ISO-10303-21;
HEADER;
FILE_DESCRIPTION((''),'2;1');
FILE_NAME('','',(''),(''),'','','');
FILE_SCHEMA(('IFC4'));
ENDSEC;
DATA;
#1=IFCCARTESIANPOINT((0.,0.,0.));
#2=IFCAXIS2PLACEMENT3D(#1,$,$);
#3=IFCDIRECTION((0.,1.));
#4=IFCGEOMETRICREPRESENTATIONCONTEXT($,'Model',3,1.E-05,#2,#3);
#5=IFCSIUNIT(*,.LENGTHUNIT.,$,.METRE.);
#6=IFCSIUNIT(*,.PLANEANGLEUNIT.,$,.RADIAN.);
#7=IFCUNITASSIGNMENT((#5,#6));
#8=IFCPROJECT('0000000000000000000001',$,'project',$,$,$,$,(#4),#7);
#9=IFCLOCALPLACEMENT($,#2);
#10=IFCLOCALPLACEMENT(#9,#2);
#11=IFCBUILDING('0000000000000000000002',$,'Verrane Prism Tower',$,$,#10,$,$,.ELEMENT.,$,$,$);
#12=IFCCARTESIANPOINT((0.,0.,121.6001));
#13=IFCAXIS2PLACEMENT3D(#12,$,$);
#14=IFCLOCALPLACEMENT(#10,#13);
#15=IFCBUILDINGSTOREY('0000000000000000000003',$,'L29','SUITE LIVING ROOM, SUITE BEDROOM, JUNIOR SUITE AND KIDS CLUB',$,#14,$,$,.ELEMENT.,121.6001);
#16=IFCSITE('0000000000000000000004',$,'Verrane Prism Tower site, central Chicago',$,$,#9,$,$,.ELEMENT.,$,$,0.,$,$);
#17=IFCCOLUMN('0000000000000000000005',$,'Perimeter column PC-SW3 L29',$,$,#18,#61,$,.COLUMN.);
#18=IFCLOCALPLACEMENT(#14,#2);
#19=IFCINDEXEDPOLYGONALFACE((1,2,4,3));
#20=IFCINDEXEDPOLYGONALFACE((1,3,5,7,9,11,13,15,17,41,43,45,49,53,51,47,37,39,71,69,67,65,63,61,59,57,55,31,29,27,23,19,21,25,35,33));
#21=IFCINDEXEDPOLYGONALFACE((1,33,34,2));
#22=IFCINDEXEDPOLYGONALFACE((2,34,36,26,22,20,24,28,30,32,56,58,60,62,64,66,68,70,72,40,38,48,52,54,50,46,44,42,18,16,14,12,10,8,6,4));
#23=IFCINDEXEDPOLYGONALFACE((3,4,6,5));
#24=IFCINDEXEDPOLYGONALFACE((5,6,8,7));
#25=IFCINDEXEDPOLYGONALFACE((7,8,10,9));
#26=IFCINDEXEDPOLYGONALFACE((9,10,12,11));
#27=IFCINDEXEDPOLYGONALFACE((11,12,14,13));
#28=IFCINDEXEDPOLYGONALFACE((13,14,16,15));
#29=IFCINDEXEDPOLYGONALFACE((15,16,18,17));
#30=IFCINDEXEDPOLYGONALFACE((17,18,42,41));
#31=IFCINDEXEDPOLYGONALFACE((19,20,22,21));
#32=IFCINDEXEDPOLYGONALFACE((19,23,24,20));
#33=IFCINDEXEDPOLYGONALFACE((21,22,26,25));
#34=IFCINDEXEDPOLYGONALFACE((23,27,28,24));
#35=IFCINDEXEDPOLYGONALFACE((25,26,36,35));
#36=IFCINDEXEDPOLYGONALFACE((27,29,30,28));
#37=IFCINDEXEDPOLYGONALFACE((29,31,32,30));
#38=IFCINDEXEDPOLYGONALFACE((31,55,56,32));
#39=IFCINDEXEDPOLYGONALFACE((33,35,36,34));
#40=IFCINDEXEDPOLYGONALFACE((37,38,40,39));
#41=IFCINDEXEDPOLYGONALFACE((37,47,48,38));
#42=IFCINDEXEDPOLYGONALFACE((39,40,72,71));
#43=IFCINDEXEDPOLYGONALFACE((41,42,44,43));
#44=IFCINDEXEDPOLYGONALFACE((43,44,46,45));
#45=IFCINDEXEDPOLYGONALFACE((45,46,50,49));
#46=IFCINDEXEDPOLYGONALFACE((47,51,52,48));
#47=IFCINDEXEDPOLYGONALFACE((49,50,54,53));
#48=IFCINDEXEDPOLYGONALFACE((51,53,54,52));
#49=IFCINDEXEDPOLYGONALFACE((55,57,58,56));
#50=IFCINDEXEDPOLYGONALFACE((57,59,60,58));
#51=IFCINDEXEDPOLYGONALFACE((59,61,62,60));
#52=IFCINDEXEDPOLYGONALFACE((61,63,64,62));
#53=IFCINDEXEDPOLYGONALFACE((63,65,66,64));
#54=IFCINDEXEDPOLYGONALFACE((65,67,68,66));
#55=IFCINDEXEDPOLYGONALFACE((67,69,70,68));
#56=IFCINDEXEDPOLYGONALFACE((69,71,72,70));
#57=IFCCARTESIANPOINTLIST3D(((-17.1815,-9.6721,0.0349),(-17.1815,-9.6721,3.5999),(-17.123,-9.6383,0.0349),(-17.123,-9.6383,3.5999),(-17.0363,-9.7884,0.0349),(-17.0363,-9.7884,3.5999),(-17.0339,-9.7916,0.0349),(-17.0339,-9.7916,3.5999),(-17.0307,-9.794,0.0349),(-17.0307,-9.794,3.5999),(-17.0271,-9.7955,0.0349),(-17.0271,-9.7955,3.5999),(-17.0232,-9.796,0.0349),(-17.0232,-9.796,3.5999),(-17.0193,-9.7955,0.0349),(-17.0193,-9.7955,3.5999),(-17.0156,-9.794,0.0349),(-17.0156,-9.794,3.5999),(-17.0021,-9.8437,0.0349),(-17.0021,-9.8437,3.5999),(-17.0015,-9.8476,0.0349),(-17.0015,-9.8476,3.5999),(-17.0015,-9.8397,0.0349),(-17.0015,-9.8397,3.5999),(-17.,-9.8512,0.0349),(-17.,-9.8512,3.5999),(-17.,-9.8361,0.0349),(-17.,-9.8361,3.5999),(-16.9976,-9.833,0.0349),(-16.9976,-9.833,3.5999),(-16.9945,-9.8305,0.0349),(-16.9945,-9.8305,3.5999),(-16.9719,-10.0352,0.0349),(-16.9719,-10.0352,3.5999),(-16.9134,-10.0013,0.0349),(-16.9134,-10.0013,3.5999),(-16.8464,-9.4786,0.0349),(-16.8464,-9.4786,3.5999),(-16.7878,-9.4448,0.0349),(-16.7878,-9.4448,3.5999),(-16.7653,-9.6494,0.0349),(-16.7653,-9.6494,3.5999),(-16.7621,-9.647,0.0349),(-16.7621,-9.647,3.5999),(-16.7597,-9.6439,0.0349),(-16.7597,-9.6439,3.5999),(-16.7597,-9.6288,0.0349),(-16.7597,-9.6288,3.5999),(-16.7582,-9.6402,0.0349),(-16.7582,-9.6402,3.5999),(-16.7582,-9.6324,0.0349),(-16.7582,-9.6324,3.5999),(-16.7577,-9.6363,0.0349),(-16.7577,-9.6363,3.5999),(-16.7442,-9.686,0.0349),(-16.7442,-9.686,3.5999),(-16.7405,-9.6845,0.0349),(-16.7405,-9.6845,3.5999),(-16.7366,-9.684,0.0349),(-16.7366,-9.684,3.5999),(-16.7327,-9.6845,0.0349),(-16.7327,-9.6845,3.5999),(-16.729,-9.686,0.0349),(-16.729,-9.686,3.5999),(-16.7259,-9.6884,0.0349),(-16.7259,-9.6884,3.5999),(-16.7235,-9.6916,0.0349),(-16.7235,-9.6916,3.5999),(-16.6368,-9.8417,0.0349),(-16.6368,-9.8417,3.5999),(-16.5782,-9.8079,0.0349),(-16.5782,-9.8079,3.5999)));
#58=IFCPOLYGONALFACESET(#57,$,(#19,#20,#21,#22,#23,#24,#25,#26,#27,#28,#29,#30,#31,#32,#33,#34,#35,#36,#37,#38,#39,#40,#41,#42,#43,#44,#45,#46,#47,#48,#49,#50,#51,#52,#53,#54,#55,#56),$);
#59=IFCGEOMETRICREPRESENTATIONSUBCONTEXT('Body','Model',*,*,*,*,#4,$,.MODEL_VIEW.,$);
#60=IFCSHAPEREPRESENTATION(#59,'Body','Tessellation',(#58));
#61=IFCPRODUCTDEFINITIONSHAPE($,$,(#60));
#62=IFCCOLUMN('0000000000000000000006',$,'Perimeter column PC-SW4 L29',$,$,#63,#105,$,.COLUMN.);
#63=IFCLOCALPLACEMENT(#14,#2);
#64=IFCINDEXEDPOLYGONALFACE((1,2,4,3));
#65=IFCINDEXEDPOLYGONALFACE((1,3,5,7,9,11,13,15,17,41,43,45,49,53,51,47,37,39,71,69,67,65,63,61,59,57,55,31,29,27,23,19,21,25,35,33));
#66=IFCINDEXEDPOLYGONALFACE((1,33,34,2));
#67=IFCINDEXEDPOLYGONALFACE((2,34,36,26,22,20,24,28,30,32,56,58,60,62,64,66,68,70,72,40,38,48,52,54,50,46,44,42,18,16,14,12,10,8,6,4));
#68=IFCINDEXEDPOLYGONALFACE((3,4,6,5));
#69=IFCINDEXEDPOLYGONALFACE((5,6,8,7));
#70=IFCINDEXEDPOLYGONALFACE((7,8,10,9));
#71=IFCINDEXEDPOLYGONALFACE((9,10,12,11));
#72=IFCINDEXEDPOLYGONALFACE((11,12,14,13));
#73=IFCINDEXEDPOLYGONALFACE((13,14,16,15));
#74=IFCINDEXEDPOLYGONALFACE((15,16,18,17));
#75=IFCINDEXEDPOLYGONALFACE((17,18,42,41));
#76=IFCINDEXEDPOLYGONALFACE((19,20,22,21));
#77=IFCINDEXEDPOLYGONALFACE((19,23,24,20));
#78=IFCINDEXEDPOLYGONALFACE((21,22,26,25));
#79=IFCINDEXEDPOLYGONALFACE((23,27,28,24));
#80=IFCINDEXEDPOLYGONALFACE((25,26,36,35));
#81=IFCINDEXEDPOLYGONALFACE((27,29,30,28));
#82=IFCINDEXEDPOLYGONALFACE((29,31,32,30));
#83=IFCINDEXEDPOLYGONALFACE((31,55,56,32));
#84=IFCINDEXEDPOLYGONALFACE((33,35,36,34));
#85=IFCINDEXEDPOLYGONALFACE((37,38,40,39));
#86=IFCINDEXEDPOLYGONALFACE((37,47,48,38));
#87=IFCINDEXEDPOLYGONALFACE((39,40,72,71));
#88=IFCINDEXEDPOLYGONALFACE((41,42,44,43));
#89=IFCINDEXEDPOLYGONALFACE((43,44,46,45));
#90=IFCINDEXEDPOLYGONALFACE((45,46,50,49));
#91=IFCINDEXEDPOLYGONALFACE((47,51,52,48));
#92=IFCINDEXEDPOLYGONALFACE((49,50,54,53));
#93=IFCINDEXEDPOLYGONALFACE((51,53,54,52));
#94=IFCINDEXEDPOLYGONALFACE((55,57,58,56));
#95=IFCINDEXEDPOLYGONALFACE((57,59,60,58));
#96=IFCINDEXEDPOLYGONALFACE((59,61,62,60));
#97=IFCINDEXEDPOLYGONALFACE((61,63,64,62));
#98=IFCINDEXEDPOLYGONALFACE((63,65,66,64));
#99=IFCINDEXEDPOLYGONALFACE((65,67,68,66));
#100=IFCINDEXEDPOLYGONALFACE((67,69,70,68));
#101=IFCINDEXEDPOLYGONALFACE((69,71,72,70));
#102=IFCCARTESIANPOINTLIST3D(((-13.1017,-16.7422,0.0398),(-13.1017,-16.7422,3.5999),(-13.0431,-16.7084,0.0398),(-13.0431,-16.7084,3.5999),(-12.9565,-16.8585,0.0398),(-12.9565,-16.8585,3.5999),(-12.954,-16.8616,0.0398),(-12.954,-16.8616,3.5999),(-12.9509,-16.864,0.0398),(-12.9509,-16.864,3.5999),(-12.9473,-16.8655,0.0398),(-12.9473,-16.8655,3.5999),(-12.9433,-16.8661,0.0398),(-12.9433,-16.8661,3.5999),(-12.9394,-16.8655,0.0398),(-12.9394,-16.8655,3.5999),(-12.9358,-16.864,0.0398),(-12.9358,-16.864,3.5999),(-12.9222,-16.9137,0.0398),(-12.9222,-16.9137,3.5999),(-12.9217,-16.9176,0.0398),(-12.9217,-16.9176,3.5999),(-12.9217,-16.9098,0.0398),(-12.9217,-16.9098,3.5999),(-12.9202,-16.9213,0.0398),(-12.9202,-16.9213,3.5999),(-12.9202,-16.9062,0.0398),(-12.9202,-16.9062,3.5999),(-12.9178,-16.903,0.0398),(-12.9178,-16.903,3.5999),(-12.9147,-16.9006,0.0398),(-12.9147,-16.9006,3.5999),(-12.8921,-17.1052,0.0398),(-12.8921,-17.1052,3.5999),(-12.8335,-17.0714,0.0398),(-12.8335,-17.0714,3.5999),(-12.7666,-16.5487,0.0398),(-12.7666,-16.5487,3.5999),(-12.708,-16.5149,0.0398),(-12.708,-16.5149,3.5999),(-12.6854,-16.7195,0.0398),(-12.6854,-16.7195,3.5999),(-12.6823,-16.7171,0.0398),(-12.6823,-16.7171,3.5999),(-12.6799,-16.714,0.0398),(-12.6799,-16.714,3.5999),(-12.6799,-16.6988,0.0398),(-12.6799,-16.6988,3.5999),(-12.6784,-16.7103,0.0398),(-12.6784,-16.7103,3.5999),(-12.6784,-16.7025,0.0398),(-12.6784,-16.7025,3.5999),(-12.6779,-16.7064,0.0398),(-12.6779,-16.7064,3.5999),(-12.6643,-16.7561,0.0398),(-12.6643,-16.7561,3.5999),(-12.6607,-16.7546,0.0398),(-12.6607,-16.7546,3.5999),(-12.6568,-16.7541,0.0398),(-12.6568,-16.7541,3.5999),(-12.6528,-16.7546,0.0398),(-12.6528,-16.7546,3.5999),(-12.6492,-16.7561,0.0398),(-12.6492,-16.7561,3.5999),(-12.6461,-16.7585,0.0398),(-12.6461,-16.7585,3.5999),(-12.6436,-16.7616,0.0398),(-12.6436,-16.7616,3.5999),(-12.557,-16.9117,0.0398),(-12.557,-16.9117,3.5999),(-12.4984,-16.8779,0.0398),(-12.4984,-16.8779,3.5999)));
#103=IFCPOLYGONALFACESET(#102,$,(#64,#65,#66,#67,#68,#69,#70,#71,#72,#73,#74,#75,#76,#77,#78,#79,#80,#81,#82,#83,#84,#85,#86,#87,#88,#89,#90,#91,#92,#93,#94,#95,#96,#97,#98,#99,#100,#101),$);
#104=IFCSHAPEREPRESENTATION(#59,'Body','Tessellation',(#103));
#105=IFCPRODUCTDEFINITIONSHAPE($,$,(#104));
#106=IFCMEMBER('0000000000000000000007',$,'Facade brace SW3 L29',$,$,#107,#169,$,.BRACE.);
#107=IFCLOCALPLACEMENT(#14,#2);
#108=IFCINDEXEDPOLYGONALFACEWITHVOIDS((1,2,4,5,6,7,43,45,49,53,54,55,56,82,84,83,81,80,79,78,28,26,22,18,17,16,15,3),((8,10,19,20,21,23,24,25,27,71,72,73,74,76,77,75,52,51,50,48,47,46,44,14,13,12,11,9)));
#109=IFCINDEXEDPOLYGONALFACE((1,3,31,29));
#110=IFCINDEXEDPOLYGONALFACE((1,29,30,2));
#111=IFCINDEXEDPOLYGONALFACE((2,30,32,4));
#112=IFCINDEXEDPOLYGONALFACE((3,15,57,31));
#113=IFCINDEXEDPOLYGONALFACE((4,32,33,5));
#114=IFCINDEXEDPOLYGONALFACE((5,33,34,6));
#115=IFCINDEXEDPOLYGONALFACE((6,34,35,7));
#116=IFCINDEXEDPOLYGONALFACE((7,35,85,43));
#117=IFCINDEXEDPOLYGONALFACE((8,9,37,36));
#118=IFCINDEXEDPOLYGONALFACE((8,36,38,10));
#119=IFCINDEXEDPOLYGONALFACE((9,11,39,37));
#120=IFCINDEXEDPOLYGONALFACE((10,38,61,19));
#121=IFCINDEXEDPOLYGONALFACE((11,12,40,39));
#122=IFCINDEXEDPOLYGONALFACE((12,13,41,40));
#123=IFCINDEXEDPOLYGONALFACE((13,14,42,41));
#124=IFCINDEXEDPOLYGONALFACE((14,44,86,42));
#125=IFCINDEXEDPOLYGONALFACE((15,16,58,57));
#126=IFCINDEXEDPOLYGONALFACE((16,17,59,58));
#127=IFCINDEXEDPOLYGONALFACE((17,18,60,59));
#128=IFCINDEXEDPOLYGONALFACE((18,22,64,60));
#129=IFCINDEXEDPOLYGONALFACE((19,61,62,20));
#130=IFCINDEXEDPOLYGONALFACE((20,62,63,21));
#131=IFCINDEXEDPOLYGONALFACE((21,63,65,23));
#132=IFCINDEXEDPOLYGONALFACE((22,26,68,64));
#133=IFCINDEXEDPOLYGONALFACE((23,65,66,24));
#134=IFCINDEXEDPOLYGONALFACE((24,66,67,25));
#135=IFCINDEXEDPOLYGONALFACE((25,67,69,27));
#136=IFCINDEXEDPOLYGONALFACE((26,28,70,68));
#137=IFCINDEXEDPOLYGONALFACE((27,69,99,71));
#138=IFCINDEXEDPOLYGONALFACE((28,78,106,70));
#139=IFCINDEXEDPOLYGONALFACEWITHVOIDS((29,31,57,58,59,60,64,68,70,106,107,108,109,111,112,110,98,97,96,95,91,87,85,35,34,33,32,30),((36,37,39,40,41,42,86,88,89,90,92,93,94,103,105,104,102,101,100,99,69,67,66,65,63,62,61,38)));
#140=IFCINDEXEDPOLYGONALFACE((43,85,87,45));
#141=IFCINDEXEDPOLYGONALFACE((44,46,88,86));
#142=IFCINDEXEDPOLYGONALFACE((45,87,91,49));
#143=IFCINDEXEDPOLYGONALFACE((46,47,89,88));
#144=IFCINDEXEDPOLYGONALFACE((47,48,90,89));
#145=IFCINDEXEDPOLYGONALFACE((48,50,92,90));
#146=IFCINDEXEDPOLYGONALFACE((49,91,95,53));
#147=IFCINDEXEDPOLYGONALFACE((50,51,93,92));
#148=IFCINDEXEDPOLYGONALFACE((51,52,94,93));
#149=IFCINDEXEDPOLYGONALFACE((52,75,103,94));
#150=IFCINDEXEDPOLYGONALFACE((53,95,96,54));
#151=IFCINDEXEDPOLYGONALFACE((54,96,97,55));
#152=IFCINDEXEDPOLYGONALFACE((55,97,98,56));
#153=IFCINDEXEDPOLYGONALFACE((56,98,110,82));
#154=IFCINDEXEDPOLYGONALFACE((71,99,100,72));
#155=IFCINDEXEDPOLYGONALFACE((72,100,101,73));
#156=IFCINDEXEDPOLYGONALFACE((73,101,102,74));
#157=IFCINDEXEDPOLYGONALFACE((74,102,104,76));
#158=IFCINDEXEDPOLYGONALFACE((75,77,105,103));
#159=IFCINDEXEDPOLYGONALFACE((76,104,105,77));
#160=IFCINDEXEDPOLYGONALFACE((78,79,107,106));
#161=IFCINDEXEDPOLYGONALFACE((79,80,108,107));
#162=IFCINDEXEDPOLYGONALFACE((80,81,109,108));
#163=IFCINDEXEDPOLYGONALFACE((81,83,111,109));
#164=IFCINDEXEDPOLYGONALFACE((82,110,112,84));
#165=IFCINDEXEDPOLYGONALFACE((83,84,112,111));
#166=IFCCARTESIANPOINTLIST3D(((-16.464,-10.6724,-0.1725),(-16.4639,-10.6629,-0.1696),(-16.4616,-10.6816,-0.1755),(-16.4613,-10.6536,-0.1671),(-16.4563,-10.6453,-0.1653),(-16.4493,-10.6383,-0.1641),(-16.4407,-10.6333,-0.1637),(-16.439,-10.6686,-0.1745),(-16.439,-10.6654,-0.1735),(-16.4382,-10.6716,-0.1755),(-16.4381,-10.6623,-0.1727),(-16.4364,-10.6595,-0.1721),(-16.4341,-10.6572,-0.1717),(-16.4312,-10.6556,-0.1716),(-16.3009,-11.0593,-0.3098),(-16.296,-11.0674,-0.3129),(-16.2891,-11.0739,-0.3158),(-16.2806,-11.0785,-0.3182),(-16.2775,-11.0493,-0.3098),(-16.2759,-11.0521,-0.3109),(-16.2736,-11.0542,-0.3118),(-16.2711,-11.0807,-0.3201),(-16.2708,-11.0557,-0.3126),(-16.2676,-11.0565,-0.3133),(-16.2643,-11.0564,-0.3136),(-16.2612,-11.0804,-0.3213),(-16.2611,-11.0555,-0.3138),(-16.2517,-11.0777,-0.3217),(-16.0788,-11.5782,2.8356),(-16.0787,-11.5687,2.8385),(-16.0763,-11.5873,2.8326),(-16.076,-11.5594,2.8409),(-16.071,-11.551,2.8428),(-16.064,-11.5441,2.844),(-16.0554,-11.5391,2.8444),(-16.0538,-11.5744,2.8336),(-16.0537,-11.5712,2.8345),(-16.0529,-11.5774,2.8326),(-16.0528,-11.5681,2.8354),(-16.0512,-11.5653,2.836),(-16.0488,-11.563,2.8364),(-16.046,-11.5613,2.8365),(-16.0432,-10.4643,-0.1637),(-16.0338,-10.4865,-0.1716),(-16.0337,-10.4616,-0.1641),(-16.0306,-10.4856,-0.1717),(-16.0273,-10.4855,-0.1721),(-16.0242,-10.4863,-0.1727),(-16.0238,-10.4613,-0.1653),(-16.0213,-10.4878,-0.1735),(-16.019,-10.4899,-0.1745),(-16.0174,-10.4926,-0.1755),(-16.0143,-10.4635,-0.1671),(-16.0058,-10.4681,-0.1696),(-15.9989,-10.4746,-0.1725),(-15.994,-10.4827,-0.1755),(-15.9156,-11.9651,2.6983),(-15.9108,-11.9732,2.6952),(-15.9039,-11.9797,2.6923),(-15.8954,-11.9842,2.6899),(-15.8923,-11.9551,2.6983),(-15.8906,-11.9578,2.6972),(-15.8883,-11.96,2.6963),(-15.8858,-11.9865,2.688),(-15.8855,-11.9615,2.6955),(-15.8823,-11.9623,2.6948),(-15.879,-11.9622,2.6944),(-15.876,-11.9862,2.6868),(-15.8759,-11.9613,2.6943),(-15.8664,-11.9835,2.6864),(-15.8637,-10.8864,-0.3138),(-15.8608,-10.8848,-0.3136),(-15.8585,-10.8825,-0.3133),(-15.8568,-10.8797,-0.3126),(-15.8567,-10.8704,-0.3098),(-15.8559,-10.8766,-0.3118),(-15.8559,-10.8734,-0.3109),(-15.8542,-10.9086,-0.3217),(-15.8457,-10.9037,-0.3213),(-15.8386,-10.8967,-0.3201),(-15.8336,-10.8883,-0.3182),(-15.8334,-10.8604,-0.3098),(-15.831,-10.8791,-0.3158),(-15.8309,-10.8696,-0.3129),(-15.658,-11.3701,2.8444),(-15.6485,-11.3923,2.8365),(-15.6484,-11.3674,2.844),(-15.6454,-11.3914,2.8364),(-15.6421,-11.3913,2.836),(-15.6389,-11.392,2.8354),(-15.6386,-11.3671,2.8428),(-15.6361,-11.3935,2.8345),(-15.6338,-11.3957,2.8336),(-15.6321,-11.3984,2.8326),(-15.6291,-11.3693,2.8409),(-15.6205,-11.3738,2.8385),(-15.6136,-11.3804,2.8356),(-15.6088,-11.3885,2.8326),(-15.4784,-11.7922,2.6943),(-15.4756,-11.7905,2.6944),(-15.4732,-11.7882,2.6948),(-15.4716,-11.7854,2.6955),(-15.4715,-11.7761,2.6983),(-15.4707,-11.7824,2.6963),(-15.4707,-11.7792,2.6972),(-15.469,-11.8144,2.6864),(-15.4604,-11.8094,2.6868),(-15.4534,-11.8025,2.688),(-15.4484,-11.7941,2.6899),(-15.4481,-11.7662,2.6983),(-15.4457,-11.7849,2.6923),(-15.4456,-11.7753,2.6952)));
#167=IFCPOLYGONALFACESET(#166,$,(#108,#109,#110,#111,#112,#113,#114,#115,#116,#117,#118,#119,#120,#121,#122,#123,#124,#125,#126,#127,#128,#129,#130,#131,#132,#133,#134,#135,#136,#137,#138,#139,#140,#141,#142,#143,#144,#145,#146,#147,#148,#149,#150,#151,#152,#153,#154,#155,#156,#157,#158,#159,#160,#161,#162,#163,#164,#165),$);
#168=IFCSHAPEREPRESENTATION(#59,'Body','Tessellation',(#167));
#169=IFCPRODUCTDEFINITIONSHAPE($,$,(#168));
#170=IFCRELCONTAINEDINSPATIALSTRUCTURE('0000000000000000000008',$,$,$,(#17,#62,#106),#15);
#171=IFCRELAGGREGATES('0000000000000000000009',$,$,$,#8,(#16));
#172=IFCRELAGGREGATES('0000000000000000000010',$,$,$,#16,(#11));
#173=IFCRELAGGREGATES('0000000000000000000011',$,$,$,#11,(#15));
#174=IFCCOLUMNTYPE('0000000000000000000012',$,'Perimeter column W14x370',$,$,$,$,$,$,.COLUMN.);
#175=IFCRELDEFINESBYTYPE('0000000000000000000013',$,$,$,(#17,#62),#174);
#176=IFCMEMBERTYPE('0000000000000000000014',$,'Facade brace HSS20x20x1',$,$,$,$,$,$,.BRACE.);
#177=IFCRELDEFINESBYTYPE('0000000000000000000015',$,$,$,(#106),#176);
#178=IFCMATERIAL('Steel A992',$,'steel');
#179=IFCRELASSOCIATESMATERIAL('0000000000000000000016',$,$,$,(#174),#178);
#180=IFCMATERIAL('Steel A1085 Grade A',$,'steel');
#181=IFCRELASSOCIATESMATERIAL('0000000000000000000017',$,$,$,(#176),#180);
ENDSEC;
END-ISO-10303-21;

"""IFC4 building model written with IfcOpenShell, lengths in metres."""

from ifc_helpers import new_model, si_unit, direction, frame, origin, origin_2d, place, context, subcontext, project, spatial, hollow_rectangle, i_section, extrude, material, material_profile, profile_set, type_object, element, save


model = new_model("IFC4")

# Units and contexts
model_context = context("Model", 3, precision=1e-05, world=origin(), true_north=direction((0.0, 1.0)))
body_context = subcontext(model_context, "Body", "Model", "MODEL_VIEW")
ifc_project = project(units=[si_unit("LENGTHUNIT", "METRE"), si_unit("PLANEANGLEUNIT", "RADIAN")], contexts=[model_context])

# Site, building, storey
site_placement = place(None, origin())
site = spatial("IfcSite", under=ifc_project, at=site_placement, Name="Verrane Prism Tower site, central Chicago", CompositionType="ELEMENT", RefElevation=0.0)
building_placement = place(site_placement, origin())
building = spatial("IfcBuilding", under=site, at=building_placement, Name="Verrane Prism Tower", CompositionType="ELEMENT")
storey_placement = place(building_placement, frame((0.0, 0.0, 121.6001)))
storey = spatial("IfcBuildingStorey", under=building, at=storey_placement, Name="L29", Description="SUITE LIVING ROOM, SUITE BEDROOM, JUNIOR SUITE AND KIDS CLUB", CompositionType="ELEMENT", Elevation=121.6001)

# Columns
ifc_material_1 = material(Name="Steel A992", Category="steel")
ifc_material_profile_1 = material_profile(ifc_material_1, i_section(OverallWidth=0.4192, OverallDepth=0.4546, WebThickness=0.0422, FlangeThickness=0.0676, FilletRadius=0.0151, at=origin_2d()), Name="W14x370")
ifc_profile_set_1 = profile_set([ifc_material_profile_1], Name="Steel A992")
column_type = type_object("IfcColumnType", Name="Perimeter column W14x370", PredefinedType="COLUMN", material=ifc_profile_set_1)
column_1_placement = place(storey_placement, frame((-16.8799, -9.74, 0.0349), z_axis=(0.0, 0.0, 1.0), x_axis=(-0.5, 0.866025, 0.0)))
element("IfcColumn", 1, at=column_1_placement, inside=storey, type_object=column_type, Name="Perimeter column PC-SW3 L29", PredefinedType="COLUMN", context=body_context, shape_type="SweptSolid", body=[
    extrude(i_section(OverallWidth=0.4192, OverallDepth=0.4546, WebThickness=0.0422, FlangeThickness=0.0676, FilletRadius=0.0151, at=origin_2d()), origin(), (0.0, 0.0, 1.0), 3.5649),
])
column_2_placement = place(storey_placement, frame((-12.8, -16.8101, 0.0398), z_axis=(0.0, 0.0, 1.0), x_axis=(-0.5, 0.866025, 0.0)))
element("IfcColumn", 2, at=column_2_placement, inside=storey, type_object=column_type, Name="Perimeter column PC-SW4 L29", PredefinedType="COLUMN", context=body_context, shape_type="SweptSolid", body=[
    extrude(i_section(OverallWidth=0.4192, OverallDepth=0.4546, WebThickness=0.0422, FlangeThickness=0.0676, FilletRadius=0.0151, at=origin_2d()), origin(), (0.0, 0.0, 1.0), 3.5601),
])

# Member
ifc_material_2 = material(Name="Steel A1085 Grade A", Category="steel")
ifc_material_profile_2 = material_profile(ifc_material_2, hollow_rectangle(XDim=0.5081, YDim=0.5081, WallThickness=0.0254, InnerFilletRadius=0.0127, OuterFilletRadius=0.0381, at=origin_2d()), Name="HSS20x20x1")
ifc_profile_set_2 = profile_set([ifc_material_profile_2], Name="Steel A1085 Grade A")
member_type_1 = type_object("IfcMemberType", Name="Facade brace HSS20x20x1", PredefinedType="BRACE", material=ifc_profile_set_2)
member_1_placement = place(storey_placement, frame((-16.1475, -10.771, -0.2427), z_axis=(0.121723, -0.286181, 0.950413), x_axis=(0.920219, 0.391403, 0.0)))
element("IfcMember", 3, at=member_1_placement, inside=storey, type_object=member_type_1, Name="Facade brace SW3 L29", PredefinedType="BRACE", context=body_context, shape_type="SweptSolid", body=[
    extrude(hollow_rectangle(XDim=0.5081, YDim=0.5081, WallThickness=0.0254, InnerFilletRadius=0.0127, OuterFilletRadius=0.0381, at=origin_2d()), origin(), (0.0, 0.0, 1.0), 3.165),
])

save(model, "model.ifc")
